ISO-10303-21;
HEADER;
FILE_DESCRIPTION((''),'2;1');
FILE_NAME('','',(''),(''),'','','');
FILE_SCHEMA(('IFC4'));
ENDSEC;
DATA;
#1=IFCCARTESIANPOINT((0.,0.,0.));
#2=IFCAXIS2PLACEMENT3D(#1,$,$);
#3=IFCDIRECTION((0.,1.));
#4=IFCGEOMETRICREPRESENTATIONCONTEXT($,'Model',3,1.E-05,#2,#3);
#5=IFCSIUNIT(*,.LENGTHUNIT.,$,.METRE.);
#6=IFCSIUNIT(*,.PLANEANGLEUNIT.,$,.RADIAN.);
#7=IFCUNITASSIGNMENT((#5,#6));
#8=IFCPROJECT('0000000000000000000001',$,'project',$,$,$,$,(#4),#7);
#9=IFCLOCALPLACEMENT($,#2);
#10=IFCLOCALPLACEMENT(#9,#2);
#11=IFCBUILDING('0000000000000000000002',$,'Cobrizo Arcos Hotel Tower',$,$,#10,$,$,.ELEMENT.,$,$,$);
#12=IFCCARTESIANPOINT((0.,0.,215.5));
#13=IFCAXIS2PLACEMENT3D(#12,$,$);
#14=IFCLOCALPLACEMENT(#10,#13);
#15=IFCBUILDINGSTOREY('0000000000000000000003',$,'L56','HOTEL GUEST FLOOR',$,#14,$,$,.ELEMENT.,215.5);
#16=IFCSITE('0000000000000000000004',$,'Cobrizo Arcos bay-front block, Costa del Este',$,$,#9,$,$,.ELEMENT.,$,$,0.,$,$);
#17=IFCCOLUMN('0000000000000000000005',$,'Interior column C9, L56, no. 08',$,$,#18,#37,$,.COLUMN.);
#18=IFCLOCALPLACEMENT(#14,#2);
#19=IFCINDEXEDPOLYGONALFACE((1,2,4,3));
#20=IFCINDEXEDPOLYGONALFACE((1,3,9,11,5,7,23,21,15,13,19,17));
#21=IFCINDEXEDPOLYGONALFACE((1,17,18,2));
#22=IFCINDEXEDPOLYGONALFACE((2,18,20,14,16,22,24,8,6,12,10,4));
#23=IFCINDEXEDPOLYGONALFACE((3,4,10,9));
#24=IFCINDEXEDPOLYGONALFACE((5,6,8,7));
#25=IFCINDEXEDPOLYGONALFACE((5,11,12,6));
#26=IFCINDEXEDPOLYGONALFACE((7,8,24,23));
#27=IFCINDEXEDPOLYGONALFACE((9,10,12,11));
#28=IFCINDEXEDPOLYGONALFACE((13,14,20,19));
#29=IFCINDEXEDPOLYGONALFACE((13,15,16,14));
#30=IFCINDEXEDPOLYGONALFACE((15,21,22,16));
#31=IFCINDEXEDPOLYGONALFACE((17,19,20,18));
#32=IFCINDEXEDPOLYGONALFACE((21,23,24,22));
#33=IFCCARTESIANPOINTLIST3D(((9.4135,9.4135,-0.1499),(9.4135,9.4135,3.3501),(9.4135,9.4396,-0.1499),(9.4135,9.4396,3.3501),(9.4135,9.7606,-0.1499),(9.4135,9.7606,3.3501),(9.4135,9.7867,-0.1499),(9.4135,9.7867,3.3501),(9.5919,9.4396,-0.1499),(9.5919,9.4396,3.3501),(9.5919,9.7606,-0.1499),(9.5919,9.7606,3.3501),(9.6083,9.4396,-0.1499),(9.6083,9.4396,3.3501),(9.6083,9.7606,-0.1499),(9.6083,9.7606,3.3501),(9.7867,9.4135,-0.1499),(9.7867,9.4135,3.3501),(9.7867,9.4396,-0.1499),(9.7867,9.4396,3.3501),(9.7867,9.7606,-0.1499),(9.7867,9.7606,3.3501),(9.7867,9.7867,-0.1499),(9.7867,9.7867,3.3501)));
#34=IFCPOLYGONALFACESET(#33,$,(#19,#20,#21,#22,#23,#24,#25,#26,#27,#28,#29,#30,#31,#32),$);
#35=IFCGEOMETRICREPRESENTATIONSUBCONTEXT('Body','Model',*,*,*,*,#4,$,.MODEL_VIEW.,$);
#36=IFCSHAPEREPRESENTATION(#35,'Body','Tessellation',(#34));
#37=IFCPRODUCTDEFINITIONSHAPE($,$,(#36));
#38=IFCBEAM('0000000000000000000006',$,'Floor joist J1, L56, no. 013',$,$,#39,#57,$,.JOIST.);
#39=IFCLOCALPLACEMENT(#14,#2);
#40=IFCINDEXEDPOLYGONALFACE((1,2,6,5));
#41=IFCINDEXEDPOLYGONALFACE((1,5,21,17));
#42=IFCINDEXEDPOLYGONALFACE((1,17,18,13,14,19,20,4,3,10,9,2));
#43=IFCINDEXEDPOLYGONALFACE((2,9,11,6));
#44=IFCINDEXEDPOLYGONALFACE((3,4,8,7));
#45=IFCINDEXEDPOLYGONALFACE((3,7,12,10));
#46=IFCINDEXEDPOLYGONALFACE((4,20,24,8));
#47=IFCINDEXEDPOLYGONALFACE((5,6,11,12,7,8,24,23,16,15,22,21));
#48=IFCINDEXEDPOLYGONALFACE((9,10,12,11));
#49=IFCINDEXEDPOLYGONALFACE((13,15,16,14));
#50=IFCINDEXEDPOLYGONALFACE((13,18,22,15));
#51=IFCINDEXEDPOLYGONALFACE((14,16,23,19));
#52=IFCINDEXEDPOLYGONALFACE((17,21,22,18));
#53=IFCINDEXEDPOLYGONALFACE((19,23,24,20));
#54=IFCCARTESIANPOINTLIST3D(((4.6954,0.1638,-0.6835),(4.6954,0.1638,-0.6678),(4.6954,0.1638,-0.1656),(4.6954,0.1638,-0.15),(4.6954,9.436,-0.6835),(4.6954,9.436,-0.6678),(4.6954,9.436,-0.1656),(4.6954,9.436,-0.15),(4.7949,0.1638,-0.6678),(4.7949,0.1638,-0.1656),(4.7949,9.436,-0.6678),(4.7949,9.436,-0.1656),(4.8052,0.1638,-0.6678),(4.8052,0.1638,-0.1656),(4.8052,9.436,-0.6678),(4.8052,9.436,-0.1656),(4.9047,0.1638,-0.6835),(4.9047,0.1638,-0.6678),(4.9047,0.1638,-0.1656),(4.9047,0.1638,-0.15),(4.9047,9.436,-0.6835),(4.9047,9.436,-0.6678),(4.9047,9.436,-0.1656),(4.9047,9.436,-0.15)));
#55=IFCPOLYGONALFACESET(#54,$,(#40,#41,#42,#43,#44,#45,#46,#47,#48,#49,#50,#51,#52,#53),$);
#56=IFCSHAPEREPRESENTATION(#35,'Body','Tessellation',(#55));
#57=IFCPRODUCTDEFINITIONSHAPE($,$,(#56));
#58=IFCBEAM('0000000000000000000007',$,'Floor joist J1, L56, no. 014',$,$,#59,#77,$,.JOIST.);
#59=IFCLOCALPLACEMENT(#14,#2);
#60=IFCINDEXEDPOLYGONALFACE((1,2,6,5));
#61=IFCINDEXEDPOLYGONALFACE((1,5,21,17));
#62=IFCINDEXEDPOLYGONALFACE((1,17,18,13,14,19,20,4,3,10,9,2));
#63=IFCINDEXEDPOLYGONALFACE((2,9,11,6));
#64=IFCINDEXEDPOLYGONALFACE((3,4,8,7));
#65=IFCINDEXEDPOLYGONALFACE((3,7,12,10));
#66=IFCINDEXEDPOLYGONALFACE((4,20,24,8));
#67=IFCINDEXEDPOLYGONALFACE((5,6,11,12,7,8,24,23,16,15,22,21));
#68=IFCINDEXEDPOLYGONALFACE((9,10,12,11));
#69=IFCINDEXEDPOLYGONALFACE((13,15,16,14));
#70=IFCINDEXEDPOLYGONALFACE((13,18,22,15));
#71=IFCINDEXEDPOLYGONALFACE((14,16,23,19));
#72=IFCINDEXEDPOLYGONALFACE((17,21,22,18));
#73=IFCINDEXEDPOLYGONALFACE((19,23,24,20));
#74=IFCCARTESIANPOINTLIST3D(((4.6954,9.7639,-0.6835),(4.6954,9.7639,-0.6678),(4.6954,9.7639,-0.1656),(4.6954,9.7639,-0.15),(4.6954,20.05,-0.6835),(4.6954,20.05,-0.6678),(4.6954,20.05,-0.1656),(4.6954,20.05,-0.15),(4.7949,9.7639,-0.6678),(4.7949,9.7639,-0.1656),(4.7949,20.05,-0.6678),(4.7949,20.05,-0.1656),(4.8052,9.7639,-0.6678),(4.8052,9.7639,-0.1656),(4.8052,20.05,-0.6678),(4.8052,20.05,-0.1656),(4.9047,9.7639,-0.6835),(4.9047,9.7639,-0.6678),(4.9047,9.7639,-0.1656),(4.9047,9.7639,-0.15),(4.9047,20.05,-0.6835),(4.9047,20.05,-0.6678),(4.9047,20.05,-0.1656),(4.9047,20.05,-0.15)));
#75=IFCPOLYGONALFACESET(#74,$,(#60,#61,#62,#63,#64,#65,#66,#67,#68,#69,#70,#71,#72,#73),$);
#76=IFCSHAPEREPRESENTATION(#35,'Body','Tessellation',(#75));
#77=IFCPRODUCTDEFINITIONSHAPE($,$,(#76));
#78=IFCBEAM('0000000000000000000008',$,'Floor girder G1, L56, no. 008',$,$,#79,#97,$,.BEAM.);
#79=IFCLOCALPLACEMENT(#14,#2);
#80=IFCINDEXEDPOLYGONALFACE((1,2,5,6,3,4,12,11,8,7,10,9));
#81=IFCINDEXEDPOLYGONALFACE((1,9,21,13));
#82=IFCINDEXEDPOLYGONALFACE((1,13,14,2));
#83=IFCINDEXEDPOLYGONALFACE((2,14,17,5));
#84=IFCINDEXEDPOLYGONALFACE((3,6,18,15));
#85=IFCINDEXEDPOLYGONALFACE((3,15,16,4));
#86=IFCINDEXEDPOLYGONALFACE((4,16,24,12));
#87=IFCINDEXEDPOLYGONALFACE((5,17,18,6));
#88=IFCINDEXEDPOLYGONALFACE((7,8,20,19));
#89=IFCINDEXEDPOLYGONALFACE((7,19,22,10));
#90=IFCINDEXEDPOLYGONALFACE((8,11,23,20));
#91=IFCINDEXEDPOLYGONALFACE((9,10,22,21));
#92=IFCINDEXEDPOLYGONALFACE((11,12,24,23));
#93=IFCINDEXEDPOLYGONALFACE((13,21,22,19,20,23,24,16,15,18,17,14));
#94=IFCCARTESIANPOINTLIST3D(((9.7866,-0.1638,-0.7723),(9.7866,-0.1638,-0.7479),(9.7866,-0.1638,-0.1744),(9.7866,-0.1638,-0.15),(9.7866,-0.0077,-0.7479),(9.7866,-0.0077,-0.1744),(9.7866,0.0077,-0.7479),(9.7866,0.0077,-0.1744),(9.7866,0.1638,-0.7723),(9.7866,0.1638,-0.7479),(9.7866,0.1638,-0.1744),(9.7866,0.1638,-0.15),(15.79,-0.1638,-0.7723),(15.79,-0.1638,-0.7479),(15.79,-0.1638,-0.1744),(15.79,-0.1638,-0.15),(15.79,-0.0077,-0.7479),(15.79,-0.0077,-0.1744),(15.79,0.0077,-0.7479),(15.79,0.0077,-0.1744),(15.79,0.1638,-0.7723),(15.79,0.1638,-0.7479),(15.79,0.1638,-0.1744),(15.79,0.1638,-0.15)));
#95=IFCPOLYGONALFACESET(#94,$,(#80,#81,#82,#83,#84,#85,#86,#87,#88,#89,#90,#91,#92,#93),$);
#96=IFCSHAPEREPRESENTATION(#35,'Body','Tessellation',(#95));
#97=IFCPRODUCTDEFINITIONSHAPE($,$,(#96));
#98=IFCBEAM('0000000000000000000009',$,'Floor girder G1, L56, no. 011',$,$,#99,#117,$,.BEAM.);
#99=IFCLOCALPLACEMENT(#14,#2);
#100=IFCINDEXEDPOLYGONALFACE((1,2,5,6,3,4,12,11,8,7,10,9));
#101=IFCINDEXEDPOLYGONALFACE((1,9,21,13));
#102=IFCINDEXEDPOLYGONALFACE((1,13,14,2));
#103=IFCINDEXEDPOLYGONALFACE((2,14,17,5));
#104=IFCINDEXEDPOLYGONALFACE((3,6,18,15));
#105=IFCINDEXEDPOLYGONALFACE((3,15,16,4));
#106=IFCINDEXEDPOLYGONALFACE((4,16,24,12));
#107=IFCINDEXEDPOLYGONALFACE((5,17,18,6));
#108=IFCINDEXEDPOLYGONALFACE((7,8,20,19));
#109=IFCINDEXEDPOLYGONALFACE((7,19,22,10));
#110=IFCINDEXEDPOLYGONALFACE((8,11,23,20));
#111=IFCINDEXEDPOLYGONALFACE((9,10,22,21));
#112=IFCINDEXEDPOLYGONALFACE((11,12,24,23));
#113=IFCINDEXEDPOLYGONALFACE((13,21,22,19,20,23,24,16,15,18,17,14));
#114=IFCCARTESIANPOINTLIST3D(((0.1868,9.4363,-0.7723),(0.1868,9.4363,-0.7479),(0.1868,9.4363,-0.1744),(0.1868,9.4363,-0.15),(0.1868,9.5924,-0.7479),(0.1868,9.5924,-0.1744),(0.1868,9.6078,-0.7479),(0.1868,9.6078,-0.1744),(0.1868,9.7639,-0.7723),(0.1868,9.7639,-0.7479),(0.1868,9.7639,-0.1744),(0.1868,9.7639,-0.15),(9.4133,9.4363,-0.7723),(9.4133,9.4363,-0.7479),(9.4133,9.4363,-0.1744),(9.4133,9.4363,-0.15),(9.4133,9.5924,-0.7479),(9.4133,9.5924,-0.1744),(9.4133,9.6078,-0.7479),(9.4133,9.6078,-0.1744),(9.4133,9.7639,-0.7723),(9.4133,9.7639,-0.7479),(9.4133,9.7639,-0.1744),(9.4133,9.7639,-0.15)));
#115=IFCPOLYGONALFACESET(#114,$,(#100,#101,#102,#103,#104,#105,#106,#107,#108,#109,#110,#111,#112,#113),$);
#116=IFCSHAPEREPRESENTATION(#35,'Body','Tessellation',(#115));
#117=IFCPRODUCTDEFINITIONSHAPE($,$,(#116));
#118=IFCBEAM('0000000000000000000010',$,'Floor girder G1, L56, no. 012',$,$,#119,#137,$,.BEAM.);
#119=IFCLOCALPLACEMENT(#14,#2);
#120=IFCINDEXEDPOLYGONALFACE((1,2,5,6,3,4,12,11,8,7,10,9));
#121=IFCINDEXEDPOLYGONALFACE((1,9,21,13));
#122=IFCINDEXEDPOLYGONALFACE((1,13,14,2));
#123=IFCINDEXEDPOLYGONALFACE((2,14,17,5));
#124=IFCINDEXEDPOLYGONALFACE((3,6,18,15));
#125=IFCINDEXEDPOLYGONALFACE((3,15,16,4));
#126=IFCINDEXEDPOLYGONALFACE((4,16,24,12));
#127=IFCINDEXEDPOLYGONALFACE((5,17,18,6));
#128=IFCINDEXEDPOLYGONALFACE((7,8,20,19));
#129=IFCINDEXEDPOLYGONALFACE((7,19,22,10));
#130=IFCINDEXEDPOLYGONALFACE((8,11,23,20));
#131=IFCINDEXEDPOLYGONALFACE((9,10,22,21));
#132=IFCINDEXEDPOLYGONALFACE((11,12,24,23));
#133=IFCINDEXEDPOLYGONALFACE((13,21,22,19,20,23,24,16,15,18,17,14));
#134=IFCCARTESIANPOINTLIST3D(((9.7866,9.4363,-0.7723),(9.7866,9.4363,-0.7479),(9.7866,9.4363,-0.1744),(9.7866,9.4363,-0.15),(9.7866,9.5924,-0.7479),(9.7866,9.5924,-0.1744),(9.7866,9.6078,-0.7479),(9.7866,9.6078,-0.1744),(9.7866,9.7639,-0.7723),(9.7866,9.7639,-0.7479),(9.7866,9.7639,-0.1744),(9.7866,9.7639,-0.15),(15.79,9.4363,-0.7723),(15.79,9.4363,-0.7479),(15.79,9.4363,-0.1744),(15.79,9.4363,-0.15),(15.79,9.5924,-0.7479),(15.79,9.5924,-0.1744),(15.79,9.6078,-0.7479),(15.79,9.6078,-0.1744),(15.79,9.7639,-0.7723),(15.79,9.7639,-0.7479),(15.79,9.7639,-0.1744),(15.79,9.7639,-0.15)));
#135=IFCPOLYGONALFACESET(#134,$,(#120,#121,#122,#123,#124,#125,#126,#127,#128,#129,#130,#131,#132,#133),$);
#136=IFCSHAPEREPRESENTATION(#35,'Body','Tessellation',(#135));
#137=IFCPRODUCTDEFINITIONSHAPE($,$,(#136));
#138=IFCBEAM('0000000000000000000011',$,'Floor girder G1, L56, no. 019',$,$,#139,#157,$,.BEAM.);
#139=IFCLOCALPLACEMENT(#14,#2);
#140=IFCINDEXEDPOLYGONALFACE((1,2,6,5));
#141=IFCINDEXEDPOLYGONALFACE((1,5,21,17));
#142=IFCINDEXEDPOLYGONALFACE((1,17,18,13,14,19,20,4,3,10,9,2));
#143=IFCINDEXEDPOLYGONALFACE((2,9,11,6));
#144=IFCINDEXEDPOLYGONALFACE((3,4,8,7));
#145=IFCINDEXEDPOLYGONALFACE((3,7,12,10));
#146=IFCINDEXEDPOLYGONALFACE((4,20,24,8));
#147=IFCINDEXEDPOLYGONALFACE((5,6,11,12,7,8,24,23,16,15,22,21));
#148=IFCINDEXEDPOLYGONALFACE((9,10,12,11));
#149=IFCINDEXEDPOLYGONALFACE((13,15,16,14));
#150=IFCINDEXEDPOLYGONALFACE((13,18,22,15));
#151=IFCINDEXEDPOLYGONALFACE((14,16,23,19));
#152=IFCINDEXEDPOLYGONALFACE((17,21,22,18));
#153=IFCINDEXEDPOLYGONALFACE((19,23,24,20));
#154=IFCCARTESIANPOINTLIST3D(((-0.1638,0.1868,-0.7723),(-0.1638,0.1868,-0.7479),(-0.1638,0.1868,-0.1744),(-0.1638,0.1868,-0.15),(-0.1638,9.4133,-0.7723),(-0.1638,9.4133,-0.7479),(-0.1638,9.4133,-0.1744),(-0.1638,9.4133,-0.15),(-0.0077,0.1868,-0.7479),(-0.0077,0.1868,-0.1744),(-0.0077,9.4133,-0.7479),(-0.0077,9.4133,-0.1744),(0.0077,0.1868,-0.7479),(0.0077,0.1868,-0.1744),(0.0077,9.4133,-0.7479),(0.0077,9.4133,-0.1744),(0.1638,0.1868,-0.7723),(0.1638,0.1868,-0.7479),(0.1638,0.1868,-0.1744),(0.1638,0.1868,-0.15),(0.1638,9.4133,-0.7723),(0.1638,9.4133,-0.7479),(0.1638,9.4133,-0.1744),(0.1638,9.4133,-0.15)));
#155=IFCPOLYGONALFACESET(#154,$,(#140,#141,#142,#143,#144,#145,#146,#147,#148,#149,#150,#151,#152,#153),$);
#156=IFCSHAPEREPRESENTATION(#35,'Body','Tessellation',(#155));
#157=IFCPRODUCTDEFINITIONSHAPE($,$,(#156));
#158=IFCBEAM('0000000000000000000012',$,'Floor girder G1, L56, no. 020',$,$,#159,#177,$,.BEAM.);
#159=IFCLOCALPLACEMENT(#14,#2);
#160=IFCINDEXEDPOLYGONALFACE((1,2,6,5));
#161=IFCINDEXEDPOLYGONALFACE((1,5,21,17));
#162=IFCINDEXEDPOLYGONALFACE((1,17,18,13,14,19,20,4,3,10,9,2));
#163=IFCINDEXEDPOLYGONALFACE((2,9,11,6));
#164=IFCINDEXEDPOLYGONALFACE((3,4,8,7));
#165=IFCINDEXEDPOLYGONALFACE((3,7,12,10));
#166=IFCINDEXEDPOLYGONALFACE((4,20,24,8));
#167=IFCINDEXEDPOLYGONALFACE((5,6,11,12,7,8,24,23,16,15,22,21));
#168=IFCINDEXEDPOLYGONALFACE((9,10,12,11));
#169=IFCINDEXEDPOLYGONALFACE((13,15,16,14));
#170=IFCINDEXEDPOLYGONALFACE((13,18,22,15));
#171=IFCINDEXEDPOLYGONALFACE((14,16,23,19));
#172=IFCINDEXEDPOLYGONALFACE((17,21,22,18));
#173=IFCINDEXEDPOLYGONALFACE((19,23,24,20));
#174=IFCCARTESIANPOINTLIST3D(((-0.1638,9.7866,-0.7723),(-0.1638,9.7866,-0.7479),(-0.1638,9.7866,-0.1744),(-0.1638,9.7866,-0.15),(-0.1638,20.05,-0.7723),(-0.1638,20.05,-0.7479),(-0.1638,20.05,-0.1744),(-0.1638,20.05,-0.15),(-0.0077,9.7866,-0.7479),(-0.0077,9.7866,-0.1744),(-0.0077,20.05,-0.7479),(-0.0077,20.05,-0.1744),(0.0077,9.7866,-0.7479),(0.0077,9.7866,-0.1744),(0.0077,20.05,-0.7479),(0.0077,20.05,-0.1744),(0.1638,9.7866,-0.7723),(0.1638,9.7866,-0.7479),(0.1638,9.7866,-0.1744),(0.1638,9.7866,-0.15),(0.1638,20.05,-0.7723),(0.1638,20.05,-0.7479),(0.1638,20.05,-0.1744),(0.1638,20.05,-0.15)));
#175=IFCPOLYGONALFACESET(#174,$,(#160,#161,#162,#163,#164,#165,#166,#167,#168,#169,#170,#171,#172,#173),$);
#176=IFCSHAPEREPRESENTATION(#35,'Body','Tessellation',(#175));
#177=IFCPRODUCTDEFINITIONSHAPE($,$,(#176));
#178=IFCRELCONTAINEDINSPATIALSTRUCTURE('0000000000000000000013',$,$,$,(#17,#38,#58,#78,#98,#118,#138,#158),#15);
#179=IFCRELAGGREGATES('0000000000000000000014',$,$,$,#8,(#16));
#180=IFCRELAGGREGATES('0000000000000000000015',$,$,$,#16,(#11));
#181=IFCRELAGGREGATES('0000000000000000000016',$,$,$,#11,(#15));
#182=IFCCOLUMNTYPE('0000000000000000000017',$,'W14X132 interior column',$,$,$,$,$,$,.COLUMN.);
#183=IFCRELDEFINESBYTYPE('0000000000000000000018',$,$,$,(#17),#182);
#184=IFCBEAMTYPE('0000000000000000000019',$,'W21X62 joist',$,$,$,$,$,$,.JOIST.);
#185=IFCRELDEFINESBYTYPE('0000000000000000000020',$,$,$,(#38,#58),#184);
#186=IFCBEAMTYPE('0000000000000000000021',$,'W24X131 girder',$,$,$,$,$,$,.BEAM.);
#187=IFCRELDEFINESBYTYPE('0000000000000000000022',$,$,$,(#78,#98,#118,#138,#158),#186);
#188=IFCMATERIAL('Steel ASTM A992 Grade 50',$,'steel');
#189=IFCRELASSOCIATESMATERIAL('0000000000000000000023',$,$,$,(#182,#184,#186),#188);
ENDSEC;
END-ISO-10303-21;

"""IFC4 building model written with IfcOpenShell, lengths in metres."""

from ifc_helpers import new_model, si_unit, direction, frame, origin, origin_2d, place, context, subcontext, project, spatial, i_section, extrude, material, material_profile, profile_set, type_object, element, save


model = new_model("IFC4")

# Units and contexts
model_context = context("Model", 3, precision=1e-05, world=origin(), true_north=direction((0.0, 1.0)))
body_context = subcontext(model_context, "Body", "Model", "MODEL_VIEW")
ifc_project = project(units=[si_unit("LENGTHUNIT", "METRE"), si_unit("PLANEANGLEUNIT", "RADIAN")], contexts=[model_context])

# Site, building, storey
site_placement = place(None, origin())
site = spatial("IfcSite", under=ifc_project, at=site_placement, Name="Cobrizo Arcos bay-front block, Costa del Este", CompositionType="ELEMENT", RefElevation=0.0)
building_placement = place(site_placement, origin())
building = spatial("IfcBuilding", under=site, at=building_placement, Name="Cobrizo Arcos Hotel Tower", CompositionType="ELEMENT")
storey_placement = place(building_placement, frame((0.0, 0.0, 215.5)))
storey = spatial("IfcBuildingStorey", under=building, at=storey_placement, Name="L56", Description="HOTEL GUEST FLOOR", CompositionType="ELEMENT", Elevation=215.5)

# Column
ifc_material_1 = material(Name="Steel ASTM A992 Grade 50", Category="steel")
ifc_material_profile_1 = material_profile(ifc_material_1, i_section(OverallWidth=0.3733, OverallDepth=0.3733, WebThickness=0.0164, FlangeThickness=0.0261, at=origin_2d()), Name="W14X132")
ifc_profile_set_1 = profile_set([ifc_material_profile_1], Name="Steel ASTM A992 Grade 50")
column_type = type_object("IfcColumnType", Name="W14X132 interior column", PredefinedType="COLUMN", material=ifc_profile_set_1)
column_placement = place(storey_placement, frame((9.6001, 9.6001, -0.1499), z_axis=(0.0, 0.0, 1.0), x_axis=(1.0, 0.0, 0.0)))
element("IfcColumn", 1, at=column_placement, inside=storey, type_object=column_type, Name="Interior column C9, L56, no. 08", PredefinedType="COLUMN", context=body_context, shape_type="SweptSolid", body=[
    extrude(i_section(OverallWidth=0.3733, OverallDepth=0.3733, WebThickness=0.0164, FlangeThickness=0.0261, at=origin_2d()), origin(), (0.0, 0.0, 1.0), 3.5),
])

# Beams
ifc_material_profile_2 = material_profile(ifc_material_1, i_section(OverallWidth=0.2092, OverallDepth=0.5334, WebThickness=0.0103, FlangeThickness=0.0156, at=origin_2d()), Name="W21X62")
ifc_profile_set_2 = profile_set([ifc_material_profile_2], Name="Steel ASTM A992 Grade 50")
beam_type_1 = type_object("IfcBeamType", Name="W21X62 joist", PredefinedType="JOIST", material=ifc_profile_set_2)
beam_1_placement = place(storey_placement, frame((4.8, 0.1638, -0.4167), z_axis=(0.0, 1.0, 0.0), x_axis=(-1.0, 0.0, 0.0)))
element("IfcBeam", 2, at=beam_1_placement, inside=storey, type_object=beam_type_1, Name="Floor joist J1, L56, no. 013", PredefinedType="JOIST", context=body_context, shape_type="SweptSolid", body=[
    extrude(i_section(OverallWidth=0.2092, OverallDepth=0.5334, WebThickness=0.0103, FlangeThickness=0.0156, at=origin_2d()), origin(), (0.0, 0.0, 1.0), 9.2722),
])
beam_2_placement = place(storey_placement, frame((4.8, 9.7639, -0.4167), z_axis=(0.0, 1.0, 0.0), x_axis=(-1.0, 0.0, 0.0)))
element("IfcBeam", 3, at=beam_2_placement, inside=storey, type_object=beam_type_1, Name="Floor joist J1, L56, no. 014", PredefinedType="JOIST", context=body_context, shape_type="SweptSolid", body=[
    extrude(i_section(OverallWidth=0.2092, OverallDepth=0.5334, WebThickness=0.0103, FlangeThickness=0.0156, at=origin_2d()), origin(), (0.0, 0.0, 1.0), 10.2861),
])
ifc_material_profile_3 = material_profile(ifc_material_1, i_section(OverallWidth=0.3276, OverallDepth=0.6223, WebThickness=0.0154, FlangeThickness=0.0244, at=origin_2d()), Name="W24X131")
ifc_profile_set_3 = profile_set([ifc_material_profile_3], Name="Steel ASTM A992 Grade 50")
beam_type_2 = type_object("IfcBeamType", Name="W24X131 girder", PredefinedType="BEAM", material=ifc_profile_set_3)
beam_3_placement = place(storey_placement, frame((9.7866, 0.0, -0.4612), z_axis=(1.0, 0.0, 0.0), x_axis=(0.0, 1.0, 0.0)))
element("IfcBeam", 4, at=beam_3_placement, inside=storey, type_object=beam_type_2, Name="Floor girder G1, L56, no. 008", PredefinedType="BEAM", context=body_context, shape_type="SweptSolid", body=[
    extrude(i_section(OverallWidth=0.3276, OverallDepth=0.6223, WebThickness=0.0154, FlangeThickness=0.0244, at=origin_2d()), origin(), (0.0, 0.0, 1.0), 6.0034),
])
beam_4_placement = place(storey_placement, frame((0.1868, 9.6001, -0.4612), z_axis=(1.0, 0.0, 0.0), x_axis=(0.0, 1.0, 0.0)))
element("IfcBeam", 5, at=beam_4_placement, inside=storey, type_object=beam_type_2, Name="Floor girder G1, L56, no. 011", PredefinedType="BEAM", context=body_context, shape_type="SweptSolid", body=[
    extrude(i_section(OverallWidth=0.3276, OverallDepth=0.6223, WebThickness=0.0154, FlangeThickness=0.0244, at=origin_2d()), origin(), (0.0, 0.0, 1.0), 9.2266),
])
beam_5_placement = place(storey_placement, frame((9.7866, 9.6001, -0.4612), z_axis=(1.0, 0.0, 0.0), x_axis=(0.0, 1.0, 0.0)))
element("IfcBeam", 6, at=beam_5_placement, inside=storey, type_object=beam_type_2, Name="Floor girder G1, L56, no. 012", PredefinedType="BEAM", context=body_context, shape_type="SweptSolid", body=[
    extrude(i_section(OverallWidth=0.3276, OverallDepth=0.6223, WebThickness=0.0154, FlangeThickness=0.0244, at=origin_2d()), origin(), (0.0, 0.0, 1.0), 6.0034),
])
beam_6_placement = place(storey_placement, frame((0.0, 0.1868, -0.4612), z_axis=(0.0, 1.0, 0.0), x_axis=(-1.0, 0.0, 0.0)))
element("IfcBeam", 7, at=beam_6_placement, inside=storey, type_object=beam_type_2, Name="Floor girder G1, L56, no. 019", PredefinedType="BEAM", context=body_context, shape_type="SweptSolid", body=[
    extrude(i_section(OverallWidth=0.3276, OverallDepth=0.6223, WebThickness=0.0154, FlangeThickness=0.0244, at=origin_2d()), origin(), (0.0, 0.0, 1.0), 9.2266),
])
beam_7_placement = place(storey_placement, frame((0.0, 9.7866, -0.4612), z_axis=(0.0, 1.0, 0.0), x_axis=(-1.0, 0.0, 0.0)))
element("IfcBeam", 8, at=beam_7_placement, inside=storey, type_object=beam_type_2, Name="Floor girder G1, L56, no. 020", PredefinedType="BEAM", context=body_context, shape_type="SweptSolid", body=[
    extrude(i_section(OverallWidth=0.3276, OverallDepth=0.6223, WebThickness=0.0154, FlangeThickness=0.0244, at=origin_2d()), origin(), (0.0, 0.0, 1.0), 10.2634),
])

save(model, "model.ifc")
